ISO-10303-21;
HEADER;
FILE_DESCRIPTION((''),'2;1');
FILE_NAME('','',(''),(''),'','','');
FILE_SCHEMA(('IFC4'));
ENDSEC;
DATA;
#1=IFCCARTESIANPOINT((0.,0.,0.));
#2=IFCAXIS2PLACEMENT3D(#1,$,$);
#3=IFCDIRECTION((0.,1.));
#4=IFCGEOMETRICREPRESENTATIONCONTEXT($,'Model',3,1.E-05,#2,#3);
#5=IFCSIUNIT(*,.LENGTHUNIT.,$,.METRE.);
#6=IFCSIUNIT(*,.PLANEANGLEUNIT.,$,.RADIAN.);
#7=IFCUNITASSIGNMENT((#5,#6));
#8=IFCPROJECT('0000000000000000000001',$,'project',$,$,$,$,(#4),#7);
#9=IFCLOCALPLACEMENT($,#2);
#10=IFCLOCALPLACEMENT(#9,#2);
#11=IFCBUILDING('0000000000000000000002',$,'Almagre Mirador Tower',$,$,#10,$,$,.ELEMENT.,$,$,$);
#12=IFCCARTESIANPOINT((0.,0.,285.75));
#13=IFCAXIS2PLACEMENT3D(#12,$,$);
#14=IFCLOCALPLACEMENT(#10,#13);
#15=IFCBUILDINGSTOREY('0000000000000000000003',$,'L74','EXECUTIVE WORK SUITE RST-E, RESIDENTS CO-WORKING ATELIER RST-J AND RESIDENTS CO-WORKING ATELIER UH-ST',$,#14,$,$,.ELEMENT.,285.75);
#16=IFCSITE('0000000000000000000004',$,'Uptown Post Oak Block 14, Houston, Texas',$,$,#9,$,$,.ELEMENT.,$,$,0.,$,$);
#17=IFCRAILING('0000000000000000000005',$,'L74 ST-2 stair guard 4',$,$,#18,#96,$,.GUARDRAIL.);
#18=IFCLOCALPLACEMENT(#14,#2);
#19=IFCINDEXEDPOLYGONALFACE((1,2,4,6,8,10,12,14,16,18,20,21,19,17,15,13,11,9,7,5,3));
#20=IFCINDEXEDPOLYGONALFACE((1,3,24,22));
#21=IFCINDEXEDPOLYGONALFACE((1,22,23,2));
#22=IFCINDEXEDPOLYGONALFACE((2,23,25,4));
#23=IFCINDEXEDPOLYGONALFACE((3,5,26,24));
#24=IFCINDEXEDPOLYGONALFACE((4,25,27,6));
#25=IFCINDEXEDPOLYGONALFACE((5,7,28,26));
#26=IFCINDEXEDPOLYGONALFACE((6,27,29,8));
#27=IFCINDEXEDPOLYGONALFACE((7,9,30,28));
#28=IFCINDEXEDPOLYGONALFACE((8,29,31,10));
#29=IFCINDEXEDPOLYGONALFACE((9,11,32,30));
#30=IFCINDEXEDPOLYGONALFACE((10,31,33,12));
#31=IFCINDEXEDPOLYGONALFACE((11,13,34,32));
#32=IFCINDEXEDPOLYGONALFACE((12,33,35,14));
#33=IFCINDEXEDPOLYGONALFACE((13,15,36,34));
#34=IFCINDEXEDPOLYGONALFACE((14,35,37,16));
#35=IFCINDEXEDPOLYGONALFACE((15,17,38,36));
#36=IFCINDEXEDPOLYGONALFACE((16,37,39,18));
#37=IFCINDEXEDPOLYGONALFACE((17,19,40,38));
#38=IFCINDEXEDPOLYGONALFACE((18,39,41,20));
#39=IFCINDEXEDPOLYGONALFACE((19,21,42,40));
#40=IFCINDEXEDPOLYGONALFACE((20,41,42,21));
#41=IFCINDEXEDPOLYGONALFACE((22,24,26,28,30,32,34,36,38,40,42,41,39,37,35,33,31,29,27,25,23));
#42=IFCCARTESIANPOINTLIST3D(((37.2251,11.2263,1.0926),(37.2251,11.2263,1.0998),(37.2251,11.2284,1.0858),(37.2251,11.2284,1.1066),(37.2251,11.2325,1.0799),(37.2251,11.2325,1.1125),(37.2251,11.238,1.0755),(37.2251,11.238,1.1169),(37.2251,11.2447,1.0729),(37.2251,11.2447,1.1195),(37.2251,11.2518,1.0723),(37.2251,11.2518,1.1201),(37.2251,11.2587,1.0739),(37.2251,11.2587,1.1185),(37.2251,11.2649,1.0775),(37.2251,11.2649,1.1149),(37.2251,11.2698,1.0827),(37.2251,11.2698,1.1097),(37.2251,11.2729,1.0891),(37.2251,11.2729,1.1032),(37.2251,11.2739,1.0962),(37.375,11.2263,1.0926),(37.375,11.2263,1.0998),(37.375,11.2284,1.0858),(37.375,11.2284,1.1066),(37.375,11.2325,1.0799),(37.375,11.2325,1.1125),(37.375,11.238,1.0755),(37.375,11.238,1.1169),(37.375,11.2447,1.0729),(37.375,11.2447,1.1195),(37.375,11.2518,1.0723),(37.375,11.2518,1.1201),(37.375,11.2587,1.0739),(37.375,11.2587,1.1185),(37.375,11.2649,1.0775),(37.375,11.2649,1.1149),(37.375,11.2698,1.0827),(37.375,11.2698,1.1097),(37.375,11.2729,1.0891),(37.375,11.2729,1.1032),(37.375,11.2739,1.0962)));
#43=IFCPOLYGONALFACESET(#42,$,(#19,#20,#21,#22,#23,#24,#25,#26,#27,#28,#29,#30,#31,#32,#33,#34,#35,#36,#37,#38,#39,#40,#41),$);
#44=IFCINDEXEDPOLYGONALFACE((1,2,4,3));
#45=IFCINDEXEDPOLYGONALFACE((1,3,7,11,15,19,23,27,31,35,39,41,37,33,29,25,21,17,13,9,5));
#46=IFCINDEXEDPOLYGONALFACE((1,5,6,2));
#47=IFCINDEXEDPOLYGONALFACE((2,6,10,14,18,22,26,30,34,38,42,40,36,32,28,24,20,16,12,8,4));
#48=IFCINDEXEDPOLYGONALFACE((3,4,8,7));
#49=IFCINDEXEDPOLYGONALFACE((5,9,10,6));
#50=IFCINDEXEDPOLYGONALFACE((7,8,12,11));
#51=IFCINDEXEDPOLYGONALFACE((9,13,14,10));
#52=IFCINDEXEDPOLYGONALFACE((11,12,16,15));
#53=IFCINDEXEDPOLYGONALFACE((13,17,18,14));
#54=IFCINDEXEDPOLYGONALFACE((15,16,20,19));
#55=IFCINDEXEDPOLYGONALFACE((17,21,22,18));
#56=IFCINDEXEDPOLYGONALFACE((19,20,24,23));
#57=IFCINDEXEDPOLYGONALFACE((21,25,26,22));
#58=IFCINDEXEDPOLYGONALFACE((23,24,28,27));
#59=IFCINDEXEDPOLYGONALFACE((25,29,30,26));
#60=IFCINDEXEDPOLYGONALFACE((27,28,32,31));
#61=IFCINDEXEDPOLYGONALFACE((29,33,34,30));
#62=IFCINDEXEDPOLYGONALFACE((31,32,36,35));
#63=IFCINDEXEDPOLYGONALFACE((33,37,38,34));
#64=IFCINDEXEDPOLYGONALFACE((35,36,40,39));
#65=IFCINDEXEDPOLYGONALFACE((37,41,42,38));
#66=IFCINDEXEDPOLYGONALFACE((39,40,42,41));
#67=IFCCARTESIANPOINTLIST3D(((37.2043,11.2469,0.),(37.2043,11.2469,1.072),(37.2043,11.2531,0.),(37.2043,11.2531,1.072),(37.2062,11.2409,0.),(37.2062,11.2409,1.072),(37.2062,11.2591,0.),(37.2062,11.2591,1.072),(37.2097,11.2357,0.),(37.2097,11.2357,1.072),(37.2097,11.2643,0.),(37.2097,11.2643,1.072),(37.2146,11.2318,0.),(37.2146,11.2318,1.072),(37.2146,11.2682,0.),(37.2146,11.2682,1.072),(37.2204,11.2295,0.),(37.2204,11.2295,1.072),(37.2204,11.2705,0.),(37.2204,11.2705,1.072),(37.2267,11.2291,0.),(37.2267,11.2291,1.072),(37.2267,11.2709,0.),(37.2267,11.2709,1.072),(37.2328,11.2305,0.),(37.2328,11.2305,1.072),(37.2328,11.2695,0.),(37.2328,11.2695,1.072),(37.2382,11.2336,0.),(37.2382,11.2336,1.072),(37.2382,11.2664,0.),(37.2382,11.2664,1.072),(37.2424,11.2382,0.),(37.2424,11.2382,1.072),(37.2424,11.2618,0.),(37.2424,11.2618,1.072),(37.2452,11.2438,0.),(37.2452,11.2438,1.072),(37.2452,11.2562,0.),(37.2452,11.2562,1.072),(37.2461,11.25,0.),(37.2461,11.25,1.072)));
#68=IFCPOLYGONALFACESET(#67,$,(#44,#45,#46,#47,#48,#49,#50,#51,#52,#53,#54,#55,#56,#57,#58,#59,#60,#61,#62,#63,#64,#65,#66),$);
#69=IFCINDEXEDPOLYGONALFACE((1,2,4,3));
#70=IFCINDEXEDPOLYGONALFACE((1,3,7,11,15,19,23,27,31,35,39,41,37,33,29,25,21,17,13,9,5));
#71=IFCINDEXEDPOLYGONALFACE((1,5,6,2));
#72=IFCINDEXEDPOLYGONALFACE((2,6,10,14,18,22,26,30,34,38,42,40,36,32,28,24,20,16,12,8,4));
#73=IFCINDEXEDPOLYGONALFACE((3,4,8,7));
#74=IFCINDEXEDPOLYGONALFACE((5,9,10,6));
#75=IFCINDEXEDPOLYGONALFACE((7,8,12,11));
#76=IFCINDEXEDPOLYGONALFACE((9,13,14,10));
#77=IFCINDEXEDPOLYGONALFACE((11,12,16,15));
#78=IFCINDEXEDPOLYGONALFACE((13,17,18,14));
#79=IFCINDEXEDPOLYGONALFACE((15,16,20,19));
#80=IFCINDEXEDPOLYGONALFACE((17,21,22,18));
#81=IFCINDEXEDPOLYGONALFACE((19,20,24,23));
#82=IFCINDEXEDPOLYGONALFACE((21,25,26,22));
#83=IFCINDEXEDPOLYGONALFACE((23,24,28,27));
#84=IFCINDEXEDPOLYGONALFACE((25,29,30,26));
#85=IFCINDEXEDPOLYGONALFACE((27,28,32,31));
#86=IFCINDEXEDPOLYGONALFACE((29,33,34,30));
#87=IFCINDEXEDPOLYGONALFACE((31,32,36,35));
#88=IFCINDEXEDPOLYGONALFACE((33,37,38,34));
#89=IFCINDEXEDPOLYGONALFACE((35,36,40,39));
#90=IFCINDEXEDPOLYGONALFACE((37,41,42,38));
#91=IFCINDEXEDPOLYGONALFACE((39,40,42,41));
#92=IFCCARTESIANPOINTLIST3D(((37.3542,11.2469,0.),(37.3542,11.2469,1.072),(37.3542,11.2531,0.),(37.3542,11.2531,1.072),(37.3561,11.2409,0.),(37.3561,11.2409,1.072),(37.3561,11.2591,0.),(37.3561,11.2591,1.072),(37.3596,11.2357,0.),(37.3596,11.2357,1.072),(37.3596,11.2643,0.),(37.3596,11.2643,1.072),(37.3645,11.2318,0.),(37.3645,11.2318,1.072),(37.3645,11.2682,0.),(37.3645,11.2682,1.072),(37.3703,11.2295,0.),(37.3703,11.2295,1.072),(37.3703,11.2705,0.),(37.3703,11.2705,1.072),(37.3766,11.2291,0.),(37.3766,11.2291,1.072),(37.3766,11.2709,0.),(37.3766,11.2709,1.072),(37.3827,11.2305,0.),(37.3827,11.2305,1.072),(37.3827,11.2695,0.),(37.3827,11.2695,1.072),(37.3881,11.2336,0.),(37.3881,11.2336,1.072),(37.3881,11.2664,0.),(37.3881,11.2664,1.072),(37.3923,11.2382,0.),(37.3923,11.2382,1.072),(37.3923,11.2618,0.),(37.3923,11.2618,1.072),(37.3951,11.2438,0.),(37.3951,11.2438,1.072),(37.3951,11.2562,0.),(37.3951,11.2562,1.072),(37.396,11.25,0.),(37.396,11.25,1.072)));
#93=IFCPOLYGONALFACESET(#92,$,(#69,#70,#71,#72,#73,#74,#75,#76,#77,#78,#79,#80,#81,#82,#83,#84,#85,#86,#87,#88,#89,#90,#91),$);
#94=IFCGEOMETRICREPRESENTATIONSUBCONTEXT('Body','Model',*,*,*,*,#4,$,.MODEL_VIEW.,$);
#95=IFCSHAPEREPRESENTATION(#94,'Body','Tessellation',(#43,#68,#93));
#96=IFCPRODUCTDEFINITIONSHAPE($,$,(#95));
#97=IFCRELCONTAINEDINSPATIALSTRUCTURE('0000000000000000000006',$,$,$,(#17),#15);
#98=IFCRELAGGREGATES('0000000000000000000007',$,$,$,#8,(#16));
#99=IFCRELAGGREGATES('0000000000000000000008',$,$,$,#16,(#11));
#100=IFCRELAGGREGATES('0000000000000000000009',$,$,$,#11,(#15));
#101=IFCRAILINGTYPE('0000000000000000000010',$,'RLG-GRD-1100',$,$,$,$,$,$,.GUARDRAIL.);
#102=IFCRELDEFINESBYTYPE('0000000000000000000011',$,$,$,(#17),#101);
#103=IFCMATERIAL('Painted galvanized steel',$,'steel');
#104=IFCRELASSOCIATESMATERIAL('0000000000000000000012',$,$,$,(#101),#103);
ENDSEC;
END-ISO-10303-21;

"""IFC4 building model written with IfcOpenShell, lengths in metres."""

from ifc_helpers import new_model, si_unit, direction, frame, origin, origin_2d, place, context, subcontext, project, spatial, circle, extrude, material, type_object, element, save


model = new_model("IFC4")

# Units and contexts
model_context = context("Model", 3, precision=1e-05, world=origin(), true_north=direction((0.0, 1.0)))
body_context = subcontext(model_context, "Body", "Model", "MODEL_VIEW")
ifc_project = project(units=[si_unit("LENGTHUNIT", "METRE"), si_unit("PLANEANGLEUNIT", "RADIAN")], contexts=[model_context])

# Site, building, storey
site_placement = place(None, origin())
site = spatial("IfcSite", under=ifc_project, at=site_placement, Name="Uptown Post Oak Block 14, Houston, Texas", CompositionType="ELEMENT", RefElevation=0.0)
building_placement = place(site_placement, origin())
building = spatial("IfcBuilding", under=site, at=building_placement, Name="Almagre Mirador Tower", CompositionType="ELEMENT")
storey_placement = place(building_placement, frame((0.0, 0.0, 285.75)))
storey = spatial("IfcBuildingStorey", under=building, at=storey_placement, Name="L74", Description="EXECUTIVE WORK SUITE RST-E, RESIDENTS CO-WORKING ATELIER RST-J AND RESIDENTS CO-WORKING ATELIER UH-ST", CompositionType="ELEMENT", Elevation=285.75)

# Railing
ifc_material_1 = material(Name="Painted galvanized steel", Category="steel")
railing_type_1 = type_object("IfcRailingType", Name="RLG-GRD-1100", PredefinedType="GUARDRAIL", material=ifc_material_1)
railing_1_placement = place(storey_placement, frame((37.2251, 11.25, 0.0)))
element("IfcRailing", 1, at=railing_1_placement, inside=storey, type_object=railing_type_1, Name="L74 ST-2 stair guard 4", PredefinedType="GUARDRAIL", context=body_context, shape_type="SweptSolid", body=[
    extrude(circle(Radius=0.0239, at=origin_2d()), frame((0.0, 0.0, 1.0962), z_axis=(1.0, 0.0, 0.0), x_axis=(0.0, 1.0, 0.0)), (0.0, 0.0, 1.0), 0.1499),
    extrude(circle(Radius=0.021, at=origin_2d()), origin(), (0.0, 0.0, 1.0), 1.072),
    extrude(circle(Radius=0.021, at=origin_2d()), frame((0.1499, 0.0, 0.0)), (0.0, 0.0, 1.0), 1.072),
])

save(model, "model.ifc")
